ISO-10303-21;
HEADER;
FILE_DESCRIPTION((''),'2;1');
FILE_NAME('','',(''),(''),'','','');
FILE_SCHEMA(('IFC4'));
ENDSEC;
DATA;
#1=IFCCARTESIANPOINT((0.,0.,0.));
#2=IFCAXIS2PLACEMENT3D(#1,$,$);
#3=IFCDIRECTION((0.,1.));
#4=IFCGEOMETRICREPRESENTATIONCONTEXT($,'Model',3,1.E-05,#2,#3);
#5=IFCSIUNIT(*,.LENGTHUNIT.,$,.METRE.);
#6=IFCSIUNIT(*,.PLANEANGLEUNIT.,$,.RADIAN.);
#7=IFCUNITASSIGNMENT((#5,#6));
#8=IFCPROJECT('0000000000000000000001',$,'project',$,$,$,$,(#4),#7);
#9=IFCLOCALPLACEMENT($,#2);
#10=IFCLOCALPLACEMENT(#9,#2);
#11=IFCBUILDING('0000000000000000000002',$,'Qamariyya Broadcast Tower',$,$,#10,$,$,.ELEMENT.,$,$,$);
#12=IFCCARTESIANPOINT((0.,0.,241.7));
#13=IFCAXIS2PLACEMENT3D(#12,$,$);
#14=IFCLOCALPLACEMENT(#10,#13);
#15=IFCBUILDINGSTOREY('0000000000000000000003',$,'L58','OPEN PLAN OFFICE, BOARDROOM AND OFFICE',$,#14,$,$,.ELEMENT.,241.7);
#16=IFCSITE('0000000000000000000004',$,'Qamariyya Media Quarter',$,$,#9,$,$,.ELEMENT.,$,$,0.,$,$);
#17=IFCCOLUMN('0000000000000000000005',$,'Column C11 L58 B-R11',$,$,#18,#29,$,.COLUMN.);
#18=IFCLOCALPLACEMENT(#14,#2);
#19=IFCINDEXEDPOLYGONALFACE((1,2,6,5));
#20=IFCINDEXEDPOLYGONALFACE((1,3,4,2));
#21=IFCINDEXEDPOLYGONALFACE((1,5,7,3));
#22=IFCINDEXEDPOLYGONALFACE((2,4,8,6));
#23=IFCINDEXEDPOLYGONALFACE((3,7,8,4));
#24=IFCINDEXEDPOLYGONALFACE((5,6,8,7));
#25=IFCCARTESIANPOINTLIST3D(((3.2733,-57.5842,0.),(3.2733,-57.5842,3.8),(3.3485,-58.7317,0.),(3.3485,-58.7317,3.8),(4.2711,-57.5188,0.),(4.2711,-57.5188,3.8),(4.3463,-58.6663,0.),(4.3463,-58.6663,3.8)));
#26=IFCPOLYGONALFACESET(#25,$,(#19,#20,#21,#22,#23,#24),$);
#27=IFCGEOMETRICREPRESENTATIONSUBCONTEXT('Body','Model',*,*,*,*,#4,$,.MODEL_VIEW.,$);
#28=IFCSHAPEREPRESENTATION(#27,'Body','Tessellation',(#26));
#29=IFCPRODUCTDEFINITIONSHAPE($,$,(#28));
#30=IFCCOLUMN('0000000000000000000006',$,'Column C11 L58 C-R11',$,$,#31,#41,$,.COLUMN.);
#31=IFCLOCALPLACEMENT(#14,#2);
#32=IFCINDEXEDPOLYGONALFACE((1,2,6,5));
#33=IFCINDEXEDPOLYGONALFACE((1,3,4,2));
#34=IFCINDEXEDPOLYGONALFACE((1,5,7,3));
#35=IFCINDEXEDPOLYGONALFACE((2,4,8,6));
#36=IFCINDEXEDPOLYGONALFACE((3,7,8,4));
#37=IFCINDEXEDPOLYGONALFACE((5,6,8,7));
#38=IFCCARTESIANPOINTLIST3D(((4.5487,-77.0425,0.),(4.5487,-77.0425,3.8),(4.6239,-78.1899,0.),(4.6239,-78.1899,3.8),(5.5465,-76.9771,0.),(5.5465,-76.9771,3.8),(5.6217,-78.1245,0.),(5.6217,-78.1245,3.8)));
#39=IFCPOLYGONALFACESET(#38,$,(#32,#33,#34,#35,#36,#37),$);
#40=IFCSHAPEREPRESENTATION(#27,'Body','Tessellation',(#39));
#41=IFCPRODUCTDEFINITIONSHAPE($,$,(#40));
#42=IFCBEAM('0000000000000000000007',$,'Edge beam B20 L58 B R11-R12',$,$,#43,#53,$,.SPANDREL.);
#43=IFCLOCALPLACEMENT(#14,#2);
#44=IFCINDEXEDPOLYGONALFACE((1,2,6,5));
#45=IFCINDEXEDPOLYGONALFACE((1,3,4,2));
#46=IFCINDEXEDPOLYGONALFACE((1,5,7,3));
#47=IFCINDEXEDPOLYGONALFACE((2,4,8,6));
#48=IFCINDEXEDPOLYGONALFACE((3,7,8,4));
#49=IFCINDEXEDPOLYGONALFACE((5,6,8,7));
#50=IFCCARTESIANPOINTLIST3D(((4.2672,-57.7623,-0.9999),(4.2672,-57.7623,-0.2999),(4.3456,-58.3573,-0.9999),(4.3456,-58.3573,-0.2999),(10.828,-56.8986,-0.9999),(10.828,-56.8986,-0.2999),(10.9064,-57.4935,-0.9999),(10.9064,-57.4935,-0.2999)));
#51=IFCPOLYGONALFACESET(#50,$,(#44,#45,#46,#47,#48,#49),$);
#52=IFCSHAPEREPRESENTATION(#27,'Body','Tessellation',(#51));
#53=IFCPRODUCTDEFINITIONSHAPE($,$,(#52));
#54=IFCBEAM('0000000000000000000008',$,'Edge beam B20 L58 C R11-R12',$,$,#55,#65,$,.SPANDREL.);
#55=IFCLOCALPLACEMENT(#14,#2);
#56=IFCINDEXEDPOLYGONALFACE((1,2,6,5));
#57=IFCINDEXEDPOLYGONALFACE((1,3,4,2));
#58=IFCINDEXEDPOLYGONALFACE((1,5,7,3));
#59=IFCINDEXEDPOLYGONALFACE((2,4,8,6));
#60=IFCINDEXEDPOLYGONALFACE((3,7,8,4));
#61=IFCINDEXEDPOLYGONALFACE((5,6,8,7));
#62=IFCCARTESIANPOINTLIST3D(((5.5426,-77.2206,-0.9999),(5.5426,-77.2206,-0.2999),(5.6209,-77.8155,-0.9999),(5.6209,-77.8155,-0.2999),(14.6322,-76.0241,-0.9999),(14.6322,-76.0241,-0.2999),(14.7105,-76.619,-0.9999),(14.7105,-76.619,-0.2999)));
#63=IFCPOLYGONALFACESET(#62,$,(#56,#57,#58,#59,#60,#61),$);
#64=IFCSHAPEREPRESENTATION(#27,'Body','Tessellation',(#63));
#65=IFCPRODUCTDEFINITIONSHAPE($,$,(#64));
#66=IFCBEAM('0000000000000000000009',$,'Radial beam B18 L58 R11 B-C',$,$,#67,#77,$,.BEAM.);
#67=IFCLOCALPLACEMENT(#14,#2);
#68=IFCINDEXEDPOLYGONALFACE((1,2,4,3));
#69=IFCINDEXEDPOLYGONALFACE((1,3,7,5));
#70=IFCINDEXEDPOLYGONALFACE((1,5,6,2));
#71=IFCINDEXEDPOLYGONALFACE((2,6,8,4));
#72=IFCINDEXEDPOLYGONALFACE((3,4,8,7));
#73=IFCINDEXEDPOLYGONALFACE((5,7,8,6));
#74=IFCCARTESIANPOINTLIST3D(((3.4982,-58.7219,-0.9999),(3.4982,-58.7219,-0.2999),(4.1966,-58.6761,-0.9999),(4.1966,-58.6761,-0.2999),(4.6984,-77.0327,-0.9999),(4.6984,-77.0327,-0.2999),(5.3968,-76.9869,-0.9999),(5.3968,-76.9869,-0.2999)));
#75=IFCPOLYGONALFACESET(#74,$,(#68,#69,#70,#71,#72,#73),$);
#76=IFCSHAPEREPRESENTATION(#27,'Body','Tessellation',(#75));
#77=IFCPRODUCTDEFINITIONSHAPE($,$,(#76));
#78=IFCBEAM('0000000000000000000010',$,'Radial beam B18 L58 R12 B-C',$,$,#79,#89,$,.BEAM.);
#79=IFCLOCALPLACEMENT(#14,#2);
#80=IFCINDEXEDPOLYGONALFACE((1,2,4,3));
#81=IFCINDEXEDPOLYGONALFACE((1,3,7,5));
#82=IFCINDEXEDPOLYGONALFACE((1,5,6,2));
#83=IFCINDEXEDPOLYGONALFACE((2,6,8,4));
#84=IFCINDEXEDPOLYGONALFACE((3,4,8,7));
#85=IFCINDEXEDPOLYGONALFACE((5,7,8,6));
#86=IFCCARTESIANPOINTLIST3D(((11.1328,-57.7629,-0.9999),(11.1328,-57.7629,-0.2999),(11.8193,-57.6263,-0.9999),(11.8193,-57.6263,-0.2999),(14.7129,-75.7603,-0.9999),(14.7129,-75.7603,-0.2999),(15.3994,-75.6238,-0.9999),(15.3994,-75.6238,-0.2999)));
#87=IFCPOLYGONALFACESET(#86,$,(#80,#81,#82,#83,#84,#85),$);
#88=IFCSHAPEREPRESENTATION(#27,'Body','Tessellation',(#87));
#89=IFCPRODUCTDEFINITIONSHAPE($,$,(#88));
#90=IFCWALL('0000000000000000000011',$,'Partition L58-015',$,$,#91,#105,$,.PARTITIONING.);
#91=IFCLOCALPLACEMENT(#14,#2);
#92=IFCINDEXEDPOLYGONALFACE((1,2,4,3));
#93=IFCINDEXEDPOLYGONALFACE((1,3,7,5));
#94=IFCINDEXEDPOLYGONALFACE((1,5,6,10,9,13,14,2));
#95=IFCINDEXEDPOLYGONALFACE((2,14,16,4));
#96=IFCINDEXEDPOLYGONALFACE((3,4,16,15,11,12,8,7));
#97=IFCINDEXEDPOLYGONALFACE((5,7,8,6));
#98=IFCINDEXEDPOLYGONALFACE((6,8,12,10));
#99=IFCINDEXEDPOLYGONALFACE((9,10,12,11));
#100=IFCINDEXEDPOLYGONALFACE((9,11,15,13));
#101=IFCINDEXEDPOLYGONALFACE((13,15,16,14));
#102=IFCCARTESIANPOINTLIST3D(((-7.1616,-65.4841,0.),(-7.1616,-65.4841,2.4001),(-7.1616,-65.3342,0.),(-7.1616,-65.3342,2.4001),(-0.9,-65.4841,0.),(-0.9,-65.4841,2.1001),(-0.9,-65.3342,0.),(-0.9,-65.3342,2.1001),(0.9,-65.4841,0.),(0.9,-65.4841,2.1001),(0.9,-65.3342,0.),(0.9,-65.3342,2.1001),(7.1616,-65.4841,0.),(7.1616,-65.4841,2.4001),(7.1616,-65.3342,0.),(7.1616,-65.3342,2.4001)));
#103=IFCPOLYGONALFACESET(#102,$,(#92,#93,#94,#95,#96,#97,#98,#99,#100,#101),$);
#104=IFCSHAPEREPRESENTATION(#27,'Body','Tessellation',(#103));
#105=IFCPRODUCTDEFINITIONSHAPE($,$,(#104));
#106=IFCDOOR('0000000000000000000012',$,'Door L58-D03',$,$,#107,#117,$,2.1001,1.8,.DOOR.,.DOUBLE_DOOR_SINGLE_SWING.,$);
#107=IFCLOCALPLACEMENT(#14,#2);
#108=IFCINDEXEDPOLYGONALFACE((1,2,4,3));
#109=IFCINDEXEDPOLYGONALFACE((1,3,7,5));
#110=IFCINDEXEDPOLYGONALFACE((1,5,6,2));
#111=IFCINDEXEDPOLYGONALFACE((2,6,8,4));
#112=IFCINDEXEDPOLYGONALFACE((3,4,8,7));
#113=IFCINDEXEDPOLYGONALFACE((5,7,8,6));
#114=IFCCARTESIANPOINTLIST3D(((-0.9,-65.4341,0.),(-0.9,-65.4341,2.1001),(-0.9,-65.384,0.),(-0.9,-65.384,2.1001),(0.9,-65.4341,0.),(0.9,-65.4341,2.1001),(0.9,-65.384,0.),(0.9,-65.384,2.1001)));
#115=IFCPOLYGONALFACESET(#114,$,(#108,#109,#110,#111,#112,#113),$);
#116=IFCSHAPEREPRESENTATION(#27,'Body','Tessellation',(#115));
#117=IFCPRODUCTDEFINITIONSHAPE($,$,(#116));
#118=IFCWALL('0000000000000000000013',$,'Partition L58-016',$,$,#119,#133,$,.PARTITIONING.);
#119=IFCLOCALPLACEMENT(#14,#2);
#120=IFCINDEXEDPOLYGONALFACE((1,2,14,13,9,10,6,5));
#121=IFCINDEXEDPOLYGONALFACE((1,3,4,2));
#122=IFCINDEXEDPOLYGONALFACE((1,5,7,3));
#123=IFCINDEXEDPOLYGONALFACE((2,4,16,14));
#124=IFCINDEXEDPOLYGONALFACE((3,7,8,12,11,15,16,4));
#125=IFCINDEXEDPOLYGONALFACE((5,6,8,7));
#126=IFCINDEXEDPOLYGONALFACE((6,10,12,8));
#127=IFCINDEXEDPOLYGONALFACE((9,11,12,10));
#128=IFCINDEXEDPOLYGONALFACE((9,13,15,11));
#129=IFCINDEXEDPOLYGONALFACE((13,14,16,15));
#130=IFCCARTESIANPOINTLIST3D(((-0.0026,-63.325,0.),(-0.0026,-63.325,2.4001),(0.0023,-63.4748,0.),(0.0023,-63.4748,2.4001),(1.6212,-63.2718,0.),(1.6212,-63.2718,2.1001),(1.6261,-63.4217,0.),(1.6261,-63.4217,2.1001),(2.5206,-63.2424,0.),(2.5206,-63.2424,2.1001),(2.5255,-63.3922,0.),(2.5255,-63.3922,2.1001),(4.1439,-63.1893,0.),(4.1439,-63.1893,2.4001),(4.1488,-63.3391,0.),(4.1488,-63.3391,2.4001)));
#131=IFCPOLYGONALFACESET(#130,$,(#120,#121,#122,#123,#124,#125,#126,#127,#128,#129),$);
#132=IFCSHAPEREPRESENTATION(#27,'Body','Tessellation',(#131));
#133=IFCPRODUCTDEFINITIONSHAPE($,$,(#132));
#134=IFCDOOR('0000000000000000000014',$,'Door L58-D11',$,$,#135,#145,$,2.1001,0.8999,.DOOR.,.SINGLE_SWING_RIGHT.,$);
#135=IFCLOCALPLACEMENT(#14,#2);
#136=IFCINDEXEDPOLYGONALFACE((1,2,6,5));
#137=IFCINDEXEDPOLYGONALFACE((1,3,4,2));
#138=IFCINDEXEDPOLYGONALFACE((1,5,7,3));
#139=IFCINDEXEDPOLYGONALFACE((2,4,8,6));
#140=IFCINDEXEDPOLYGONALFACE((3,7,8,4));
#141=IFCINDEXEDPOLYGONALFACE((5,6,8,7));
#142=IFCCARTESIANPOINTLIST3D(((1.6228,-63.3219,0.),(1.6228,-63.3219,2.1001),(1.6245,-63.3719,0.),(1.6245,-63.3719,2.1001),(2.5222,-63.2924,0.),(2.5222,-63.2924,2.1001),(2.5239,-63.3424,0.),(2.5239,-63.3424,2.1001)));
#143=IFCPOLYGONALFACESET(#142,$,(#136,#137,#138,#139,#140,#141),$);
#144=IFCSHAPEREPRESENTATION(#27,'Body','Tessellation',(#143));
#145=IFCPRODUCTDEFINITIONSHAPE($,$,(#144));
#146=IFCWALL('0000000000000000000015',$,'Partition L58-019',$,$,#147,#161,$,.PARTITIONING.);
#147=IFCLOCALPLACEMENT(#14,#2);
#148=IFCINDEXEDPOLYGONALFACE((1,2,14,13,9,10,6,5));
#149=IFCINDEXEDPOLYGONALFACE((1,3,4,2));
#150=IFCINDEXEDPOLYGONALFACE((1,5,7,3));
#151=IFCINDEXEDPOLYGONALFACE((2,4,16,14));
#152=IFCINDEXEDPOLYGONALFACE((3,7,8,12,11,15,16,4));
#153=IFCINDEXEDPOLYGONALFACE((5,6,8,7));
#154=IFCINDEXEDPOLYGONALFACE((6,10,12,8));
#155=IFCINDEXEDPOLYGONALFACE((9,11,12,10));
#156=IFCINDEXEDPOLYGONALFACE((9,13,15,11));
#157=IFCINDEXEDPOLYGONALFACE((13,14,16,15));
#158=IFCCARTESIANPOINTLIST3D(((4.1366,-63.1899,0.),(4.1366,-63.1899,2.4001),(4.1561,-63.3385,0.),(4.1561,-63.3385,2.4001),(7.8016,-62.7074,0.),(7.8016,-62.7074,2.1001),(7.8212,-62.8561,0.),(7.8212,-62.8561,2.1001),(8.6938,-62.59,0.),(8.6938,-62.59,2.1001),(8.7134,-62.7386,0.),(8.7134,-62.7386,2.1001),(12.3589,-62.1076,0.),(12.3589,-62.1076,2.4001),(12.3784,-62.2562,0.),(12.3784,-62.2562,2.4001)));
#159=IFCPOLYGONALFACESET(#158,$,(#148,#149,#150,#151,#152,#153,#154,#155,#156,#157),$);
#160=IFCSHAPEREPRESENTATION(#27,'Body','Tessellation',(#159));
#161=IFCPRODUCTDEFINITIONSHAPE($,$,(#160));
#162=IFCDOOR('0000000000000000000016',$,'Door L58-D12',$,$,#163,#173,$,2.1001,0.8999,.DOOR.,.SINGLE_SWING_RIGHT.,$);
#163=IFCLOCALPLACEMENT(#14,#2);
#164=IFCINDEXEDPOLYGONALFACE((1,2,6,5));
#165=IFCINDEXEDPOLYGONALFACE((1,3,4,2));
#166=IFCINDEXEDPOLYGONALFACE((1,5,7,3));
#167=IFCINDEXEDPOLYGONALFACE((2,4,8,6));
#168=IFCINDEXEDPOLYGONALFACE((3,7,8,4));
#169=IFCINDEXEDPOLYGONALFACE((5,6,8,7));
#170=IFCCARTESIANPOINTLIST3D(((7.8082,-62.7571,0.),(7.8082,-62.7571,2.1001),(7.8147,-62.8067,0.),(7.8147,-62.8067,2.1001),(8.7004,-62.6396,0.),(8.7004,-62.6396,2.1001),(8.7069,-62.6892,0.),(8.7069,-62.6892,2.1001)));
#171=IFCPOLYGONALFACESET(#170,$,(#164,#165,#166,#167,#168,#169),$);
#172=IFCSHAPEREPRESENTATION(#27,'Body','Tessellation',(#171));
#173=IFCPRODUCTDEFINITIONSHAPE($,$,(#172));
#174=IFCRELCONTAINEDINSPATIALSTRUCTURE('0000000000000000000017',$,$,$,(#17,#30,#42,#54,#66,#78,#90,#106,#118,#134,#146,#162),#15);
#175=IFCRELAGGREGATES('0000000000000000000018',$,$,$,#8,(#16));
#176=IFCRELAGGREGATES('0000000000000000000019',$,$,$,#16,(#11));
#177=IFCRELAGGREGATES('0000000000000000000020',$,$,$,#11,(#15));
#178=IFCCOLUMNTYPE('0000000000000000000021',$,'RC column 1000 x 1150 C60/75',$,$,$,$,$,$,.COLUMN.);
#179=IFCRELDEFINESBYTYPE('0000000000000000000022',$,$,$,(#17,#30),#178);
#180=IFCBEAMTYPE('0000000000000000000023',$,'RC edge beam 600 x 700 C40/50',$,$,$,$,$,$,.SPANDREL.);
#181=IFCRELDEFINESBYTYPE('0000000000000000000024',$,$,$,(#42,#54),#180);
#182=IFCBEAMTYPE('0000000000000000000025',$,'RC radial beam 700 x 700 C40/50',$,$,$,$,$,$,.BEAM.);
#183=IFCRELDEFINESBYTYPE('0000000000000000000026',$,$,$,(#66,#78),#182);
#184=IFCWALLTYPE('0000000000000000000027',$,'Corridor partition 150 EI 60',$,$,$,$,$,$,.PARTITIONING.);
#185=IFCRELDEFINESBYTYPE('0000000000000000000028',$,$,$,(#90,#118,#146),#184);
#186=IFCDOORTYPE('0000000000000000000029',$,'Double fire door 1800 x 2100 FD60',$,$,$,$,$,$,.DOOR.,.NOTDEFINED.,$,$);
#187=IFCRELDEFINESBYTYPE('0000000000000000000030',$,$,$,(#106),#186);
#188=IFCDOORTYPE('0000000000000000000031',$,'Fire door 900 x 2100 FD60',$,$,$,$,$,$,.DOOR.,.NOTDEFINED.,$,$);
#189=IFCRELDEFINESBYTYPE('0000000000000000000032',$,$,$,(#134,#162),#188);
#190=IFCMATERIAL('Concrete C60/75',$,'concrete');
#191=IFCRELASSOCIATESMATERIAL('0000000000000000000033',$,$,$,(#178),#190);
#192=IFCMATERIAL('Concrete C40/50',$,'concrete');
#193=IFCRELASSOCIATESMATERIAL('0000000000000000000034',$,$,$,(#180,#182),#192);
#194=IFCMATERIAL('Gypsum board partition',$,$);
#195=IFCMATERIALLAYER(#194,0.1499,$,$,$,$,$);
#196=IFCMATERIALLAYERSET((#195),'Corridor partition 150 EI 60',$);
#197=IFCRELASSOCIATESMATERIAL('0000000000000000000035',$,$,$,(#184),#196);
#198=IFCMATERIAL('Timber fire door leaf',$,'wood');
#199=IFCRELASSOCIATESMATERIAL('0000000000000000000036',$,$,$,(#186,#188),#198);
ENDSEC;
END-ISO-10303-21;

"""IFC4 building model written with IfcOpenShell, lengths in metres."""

from ifc_helpers import new_model, si_unit, direction, frame, frame_2d, origin, origin_2d, place, context, subcontext, project, spatial, rectangle, extrude, material, layer, layer_set, material_profile, profile_set, type_object, element, fill, save


model = new_model("IFC4")

# Units and contexts
model_context = context("Model", 3, precision=1e-05, world=origin(), true_north=direction((0.0, 1.0)))
body_context = subcontext(model_context, "Body", "Model", "MODEL_VIEW")
ifc_project = project(units=[si_unit("LENGTHUNIT", "METRE"), si_unit("PLANEANGLEUNIT", "RADIAN")], contexts=[model_context])

# Site, building, storey
site_placement = place(None, origin())
site = spatial("IfcSite", under=ifc_project, at=site_placement, Name="Qamariyya Media Quarter", CompositionType="ELEMENT", RefElevation=0.0)
building_placement = place(site_placement, origin())
building = spatial("IfcBuilding", under=site, at=building_placement, Name="Qamariyya Broadcast Tower", CompositionType="ELEMENT")
storey_placement = place(building_placement, frame((0.0, 0.0, 241.7)))
storey = spatial("IfcBuildingStorey", under=building, at=storey_placement, Name="L58", Description="OPEN PLAN OFFICE, BOARDROOM AND OFFICE", CompositionType="ELEMENT", Elevation=241.7)

# Columns
ifc_material_1 = material(Name="Concrete C60/75", Category="concrete")
ifc_material_profile_1 = material_profile(ifc_material_1, rectangle(XDim=1.0, YDim=1.1499, at=origin_2d()))
ifc_profile_set_1 = profile_set([ifc_material_profile_1], Name="Concrete C60/75")
column_type = type_object("IfcColumnType", Name="RC column 1000 x 1150 C60/75", PredefinedType="COLUMN", material=ifc_profile_set_1)
for number, where, z_axis, x_axis, name in (
    (1, (3.8098, -58.1252, 0.0), (0.0, 0.0, 1.0), (0.997859, 0.065403, 0.0), "Column C11 L58 B-R11"),
    (2, (5.0852, -77.5835, 0.0), (0.0, 0.0, 1.0), (0.997859, 0.065403, 0.0), "Column C11 L58 C-R11"),
):
    element("IfcColumn", number, at=place(storey_placement, frame(where, z_axis=z_axis, x_axis=x_axis)), inside=storey, type_object=column_type, Name=name, PredefinedType="COLUMN", context=body_context, shape_type="SweptSolid", body=[
        extrude(rectangle(XDim=1.0, YDim=1.1499, at=origin_2d()), origin(), (0.0, 0.0, 1.0), 3.8),
    ])

# Beams
ifc_material_2 = material(Name="Concrete C40/50", Category="concrete")
ifc_material_profile_2 = material_profile(ifc_material_2, rectangle(XDim=0.6001, YDim=0.7, at=origin_2d()))
ifc_profile_set_2 = profile_set([ifc_material_profile_2], Name="Concrete C40/50")
beam_type_1 = type_object("IfcBeamType", Name="RC edge beam 600 x 700 C40/50", PredefinedType="SPANDREL", material=ifc_profile_set_2)
beam_1_placement = place(storey_placement, frame((4.3064, -58.0598, -0.6499), z_axis=(0.991444, 0.13053, 0.0), x_axis=(-0.13053, 0.991444, 0.0)))
element("IfcBeam", 3, at=beam_1_placement, inside=storey, type_object=beam_type_1, Name="Edge beam B20 L58 B R11-R12", PredefinedType="SPANDREL", context=body_context, shape_type="SweptSolid", body=[
    extrude(rectangle(XDim=0.6001, YDim=0.7, at=origin_2d()), origin(), (0.0, 0.0, 1.0), 6.6174),
])
beam_2_placement = place(storey_placement, frame((5.5818, -77.5181, -0.6499), z_axis=(0.991447, 0.130512, 0.0), x_axis=(-0.130512, 0.991447, 0.0)))
element("IfcBeam", 4, at=beam_2_placement, inside=storey, type_object=beam_type_1, Name="Edge beam B20 L58 C R11-R12", PredefinedType="SPANDREL", context=body_context, shape_type="SweptSolid", body=[
    extrude(rectangle(XDim=0.6001, YDim=0.7, at=origin_2d()), origin(), (0.0, 0.0, 1.0), 9.168),
])
ifc_material_profile_3 = material_profile(ifc_material_2, rectangle(XDim=0.7, YDim=0.7, at=origin_2d()))
ifc_profile_set_3 = profile_set([ifc_material_profile_3], Name="Concrete C40/50")
beam_type_2 = type_object("IfcBeamType", Name="RC radial beam 700 x 700 C40/50", PredefinedType="BEAM", material=ifc_profile_set_3)
for number, where, z_axis, x_axis, name in (
    (5, (3.8474, -58.699, -0.6499), (0.065405, -0.997859, 0.0), (0.997859, 0.065405, 0.0), "Radial beam B18 L58 R11 B-C"),
    (6, (11.4761, -57.6946, -0.6499), (0.195098, -0.980784, 0.0), (0.980784, 0.195098, 0.0), "Radial beam B18 L58 R12 B-C"),
):
    element("IfcBeam", number, at=place(storey_placement, frame(where, z_axis=z_axis, x_axis=x_axis)), inside=storey, type_object=beam_type_2, Name=name, PredefinedType="BEAM", context=body_context, shape_type="SweptSolid", body=[
        extrude(rectangle(XDim=0.7, YDim=0.7, at=origin_2d()), origin(), (0.0, 0.0, 1.0), 18.3501),
    ])

# Walls, openings, doors
ifc_material_3 = material(Name="Gypsum board partition")
ifc_layer_1 = layer(ifc_material_3, 0.1499)
ifc_layer_set_1 = layer_set([ifc_layer_1], Name="Corridor partition 150 EI 60")
wall_type_1 = type_object("IfcWallType", Name="Corridor partition 150 EI 60", PredefinedType="PARTITIONING", material=ifc_layer_set_1)
wall_1_placement = place(storey_placement, frame((7.1616, -65.4092, 0.0), z_axis=(0.0, 0.0, 1.0), x_axis=(-1.0, 0.0, 0.0)))
wall_1 = element("IfcWall", 7, at=wall_1_placement, inside=storey, type_object=wall_type_1, Name="Partition L58-015", PredefinedType="PARTITIONING", context=body_context, shape_type="SweptSolid", body=[
    extrude(rectangle(XDim=14.3232, YDim=0.1499, at=frame_2d((7.1616, 0.0))), origin(), (0.0, 0.0, 1.0), 2.4001),
])
opening_1_placement = place(wall_1_placement, frame((6.2617, 0.0, 0.0)))
opening_1 = element("IfcOpeningElement", 8, at=opening_1_placement, cuts=wall_1, PredefinedType="OPENING", context=body_context, shape_type="SweptSolid", body=[
    extrude(rectangle(XDim=1.8, YDim=2.1001, at=frame_2d((0.8999, 1.05))), frame((0.0, 0.085, 0.0), z_axis=(0.0, -1.0, 0.0), x_axis=(1.0, 0.0, 0.0)), (0.0, 0.0, 1.0), 0.1699),
])
ifc_material_4 = material(Name="Timber fire door leaf", Category="wood")
door_type_1 = type_object("IfcDoorType", Name="Double fire door 1800 x 2100 FD60", OperationType="NOTDEFINED", PredefinedType="DOOR", material=ifc_material_4)
door_1_placement = place(opening_1_placement, origin())
door_1 = element("IfcDoor", 9, at=door_1_placement, inside=storey, type_object=door_type_1, Name="Door L58-D03", OperationType="DOUBLE_DOOR_SINGLE_SWING", OverallHeight=2.1001, OverallWidth=1.8, PredefinedType="DOOR", context=body_context, shape_type="SweptSolid", body=[
    extrude(rectangle(XDim=1.8, YDim=2.1001, at=frame_2d((0.8999, 1.05))), frame((0.0, 0.0249, 0.0), z_axis=(0.0, -1.0, 0.0), x_axis=(1.0, 0.0, 0.0)), (0.0, 0.0, 1.0), 0.05),
])
fill(opening_1, door_1)
wall_2_placement = place(storey_placement, frame((0.0, -63.3999, 0.0), z_axis=(0.0, 0.0, 1.0), x_axis=(0.999465, 0.032719, 0.0)))
wall_2 = element("IfcWall", 10, at=wall_2_placement, inside=storey, type_object=wall_type_1, Name="Partition L58-016", PredefinedType="PARTITIONING", context=body_context, shape_type="SweptSolid", body=[
    extrude(rectangle(XDim=4.1487, YDim=0.1499, at=frame_2d((2.0742, 0.0))), origin(), (0.0, 0.0, 1.0), 2.4001),
])
opening_2_placement = place(wall_2_placement, frame((1.6245, 0.0, 0.0)))
opening_2 = element("IfcOpeningElement", 11, at=opening_2_placement, cuts=wall_2, PredefinedType="OPENING", context=body_context, shape_type="SweptSolid", body=[
    extrude(rectangle(XDim=0.8999, YDim=2.1001, at=frame_2d((0.45, 1.05))), frame((0.0, 0.085, 0.0), z_axis=(0.0, -1.0, 0.0), x_axis=(1.0, 0.0, 0.0)), (0.0, 0.0, 1.0), 0.1699),
])
door_type_2 = type_object("IfcDoorType", Name="Fire door 900 x 2100 FD60", OperationType="NOTDEFINED", PredefinedType="DOOR", material=ifc_material_4)
door_2_placement = place(opening_2_placement, origin())
door_2 = element("IfcDoor", 12, at=door_2_placement, inside=storey, type_object=door_type_2, Name="Door L58-D11", OperationType="SINGLE_SWING_RIGHT", OverallHeight=2.1001, OverallWidth=0.8999, PredefinedType="DOOR", context=body_context, shape_type="SweptSolid", body=[
    extrude(rectangle(XDim=0.8999, YDim=2.1001, at=frame_2d((0.45, 1.05))), frame((0.0, 0.0249, 0.0), z_axis=(0.0, -1.0, 0.0), x_axis=(1.0, 0.0, 0.0)), (0.0, 0.0, 1.0), 0.05),
])
fill(opening_2, door_2)
wall_3_placement = place(storey_placement, frame((4.1465, -63.2642, 0.0), z_axis=(0.0, 0.0, 1.0), x_axis=(0.991448, 0.130503, 0.0)))
wall_3 = element("IfcWall", 13, at=wall_3_placement, inside=storey, type_object=wall_type_1, Name="Partition L58-019", PredefinedType="PARTITIONING", context=body_context, shape_type="SweptSolid", body=[
    extrude(rectangle(XDim=8.2932, YDim=0.1499, at=frame_2d((4.1465, 0.0))), origin(), (0.0, 0.0, 1.0), 2.4001),
])
opening_3_placement = place(wall_3_placement, frame((3.6965, 0.0, 0.0)))
opening_3 = element("IfcOpeningElement", 14, at=opening_3_placement, cuts=wall_3, PredefinedType="OPENING", context=body_context, shape_type="SweptSolid", body=[
    extrude(rectangle(XDim=0.8999, YDim=2.1001, at=frame_2d((0.45, 1.05))), frame((0.0, 0.085, 0.0), z_axis=(0.0, -1.0, 0.0), x_axis=(1.0, 0.0, 0.0)), (0.0, 0.0, 1.0), 0.1699),
])
door_3_placement = place(opening_3_placement, origin())
door_3 = element("IfcDoor", 15, at=door_3_placement, inside=storey, type_object=door_type_2, Name="Door L58-D12", OperationType="SINGLE_SWING_RIGHT", OverallHeight=2.1001, OverallWidth=0.8999, PredefinedType="DOOR", context=body_context, shape_type="SweptSolid", body=[
    extrude(rectangle(XDim=0.8999, YDim=2.1001, at=frame_2d((0.45, 1.05))), frame((0.0, 0.0249, 0.0), z_axis=(0.0, -1.0, 0.0), x_axis=(1.0, 0.0, 0.0)), (0.0, 0.0, 1.0), 0.05),
])
fill(opening_3, door_3)

save(model, "model.ifc")
